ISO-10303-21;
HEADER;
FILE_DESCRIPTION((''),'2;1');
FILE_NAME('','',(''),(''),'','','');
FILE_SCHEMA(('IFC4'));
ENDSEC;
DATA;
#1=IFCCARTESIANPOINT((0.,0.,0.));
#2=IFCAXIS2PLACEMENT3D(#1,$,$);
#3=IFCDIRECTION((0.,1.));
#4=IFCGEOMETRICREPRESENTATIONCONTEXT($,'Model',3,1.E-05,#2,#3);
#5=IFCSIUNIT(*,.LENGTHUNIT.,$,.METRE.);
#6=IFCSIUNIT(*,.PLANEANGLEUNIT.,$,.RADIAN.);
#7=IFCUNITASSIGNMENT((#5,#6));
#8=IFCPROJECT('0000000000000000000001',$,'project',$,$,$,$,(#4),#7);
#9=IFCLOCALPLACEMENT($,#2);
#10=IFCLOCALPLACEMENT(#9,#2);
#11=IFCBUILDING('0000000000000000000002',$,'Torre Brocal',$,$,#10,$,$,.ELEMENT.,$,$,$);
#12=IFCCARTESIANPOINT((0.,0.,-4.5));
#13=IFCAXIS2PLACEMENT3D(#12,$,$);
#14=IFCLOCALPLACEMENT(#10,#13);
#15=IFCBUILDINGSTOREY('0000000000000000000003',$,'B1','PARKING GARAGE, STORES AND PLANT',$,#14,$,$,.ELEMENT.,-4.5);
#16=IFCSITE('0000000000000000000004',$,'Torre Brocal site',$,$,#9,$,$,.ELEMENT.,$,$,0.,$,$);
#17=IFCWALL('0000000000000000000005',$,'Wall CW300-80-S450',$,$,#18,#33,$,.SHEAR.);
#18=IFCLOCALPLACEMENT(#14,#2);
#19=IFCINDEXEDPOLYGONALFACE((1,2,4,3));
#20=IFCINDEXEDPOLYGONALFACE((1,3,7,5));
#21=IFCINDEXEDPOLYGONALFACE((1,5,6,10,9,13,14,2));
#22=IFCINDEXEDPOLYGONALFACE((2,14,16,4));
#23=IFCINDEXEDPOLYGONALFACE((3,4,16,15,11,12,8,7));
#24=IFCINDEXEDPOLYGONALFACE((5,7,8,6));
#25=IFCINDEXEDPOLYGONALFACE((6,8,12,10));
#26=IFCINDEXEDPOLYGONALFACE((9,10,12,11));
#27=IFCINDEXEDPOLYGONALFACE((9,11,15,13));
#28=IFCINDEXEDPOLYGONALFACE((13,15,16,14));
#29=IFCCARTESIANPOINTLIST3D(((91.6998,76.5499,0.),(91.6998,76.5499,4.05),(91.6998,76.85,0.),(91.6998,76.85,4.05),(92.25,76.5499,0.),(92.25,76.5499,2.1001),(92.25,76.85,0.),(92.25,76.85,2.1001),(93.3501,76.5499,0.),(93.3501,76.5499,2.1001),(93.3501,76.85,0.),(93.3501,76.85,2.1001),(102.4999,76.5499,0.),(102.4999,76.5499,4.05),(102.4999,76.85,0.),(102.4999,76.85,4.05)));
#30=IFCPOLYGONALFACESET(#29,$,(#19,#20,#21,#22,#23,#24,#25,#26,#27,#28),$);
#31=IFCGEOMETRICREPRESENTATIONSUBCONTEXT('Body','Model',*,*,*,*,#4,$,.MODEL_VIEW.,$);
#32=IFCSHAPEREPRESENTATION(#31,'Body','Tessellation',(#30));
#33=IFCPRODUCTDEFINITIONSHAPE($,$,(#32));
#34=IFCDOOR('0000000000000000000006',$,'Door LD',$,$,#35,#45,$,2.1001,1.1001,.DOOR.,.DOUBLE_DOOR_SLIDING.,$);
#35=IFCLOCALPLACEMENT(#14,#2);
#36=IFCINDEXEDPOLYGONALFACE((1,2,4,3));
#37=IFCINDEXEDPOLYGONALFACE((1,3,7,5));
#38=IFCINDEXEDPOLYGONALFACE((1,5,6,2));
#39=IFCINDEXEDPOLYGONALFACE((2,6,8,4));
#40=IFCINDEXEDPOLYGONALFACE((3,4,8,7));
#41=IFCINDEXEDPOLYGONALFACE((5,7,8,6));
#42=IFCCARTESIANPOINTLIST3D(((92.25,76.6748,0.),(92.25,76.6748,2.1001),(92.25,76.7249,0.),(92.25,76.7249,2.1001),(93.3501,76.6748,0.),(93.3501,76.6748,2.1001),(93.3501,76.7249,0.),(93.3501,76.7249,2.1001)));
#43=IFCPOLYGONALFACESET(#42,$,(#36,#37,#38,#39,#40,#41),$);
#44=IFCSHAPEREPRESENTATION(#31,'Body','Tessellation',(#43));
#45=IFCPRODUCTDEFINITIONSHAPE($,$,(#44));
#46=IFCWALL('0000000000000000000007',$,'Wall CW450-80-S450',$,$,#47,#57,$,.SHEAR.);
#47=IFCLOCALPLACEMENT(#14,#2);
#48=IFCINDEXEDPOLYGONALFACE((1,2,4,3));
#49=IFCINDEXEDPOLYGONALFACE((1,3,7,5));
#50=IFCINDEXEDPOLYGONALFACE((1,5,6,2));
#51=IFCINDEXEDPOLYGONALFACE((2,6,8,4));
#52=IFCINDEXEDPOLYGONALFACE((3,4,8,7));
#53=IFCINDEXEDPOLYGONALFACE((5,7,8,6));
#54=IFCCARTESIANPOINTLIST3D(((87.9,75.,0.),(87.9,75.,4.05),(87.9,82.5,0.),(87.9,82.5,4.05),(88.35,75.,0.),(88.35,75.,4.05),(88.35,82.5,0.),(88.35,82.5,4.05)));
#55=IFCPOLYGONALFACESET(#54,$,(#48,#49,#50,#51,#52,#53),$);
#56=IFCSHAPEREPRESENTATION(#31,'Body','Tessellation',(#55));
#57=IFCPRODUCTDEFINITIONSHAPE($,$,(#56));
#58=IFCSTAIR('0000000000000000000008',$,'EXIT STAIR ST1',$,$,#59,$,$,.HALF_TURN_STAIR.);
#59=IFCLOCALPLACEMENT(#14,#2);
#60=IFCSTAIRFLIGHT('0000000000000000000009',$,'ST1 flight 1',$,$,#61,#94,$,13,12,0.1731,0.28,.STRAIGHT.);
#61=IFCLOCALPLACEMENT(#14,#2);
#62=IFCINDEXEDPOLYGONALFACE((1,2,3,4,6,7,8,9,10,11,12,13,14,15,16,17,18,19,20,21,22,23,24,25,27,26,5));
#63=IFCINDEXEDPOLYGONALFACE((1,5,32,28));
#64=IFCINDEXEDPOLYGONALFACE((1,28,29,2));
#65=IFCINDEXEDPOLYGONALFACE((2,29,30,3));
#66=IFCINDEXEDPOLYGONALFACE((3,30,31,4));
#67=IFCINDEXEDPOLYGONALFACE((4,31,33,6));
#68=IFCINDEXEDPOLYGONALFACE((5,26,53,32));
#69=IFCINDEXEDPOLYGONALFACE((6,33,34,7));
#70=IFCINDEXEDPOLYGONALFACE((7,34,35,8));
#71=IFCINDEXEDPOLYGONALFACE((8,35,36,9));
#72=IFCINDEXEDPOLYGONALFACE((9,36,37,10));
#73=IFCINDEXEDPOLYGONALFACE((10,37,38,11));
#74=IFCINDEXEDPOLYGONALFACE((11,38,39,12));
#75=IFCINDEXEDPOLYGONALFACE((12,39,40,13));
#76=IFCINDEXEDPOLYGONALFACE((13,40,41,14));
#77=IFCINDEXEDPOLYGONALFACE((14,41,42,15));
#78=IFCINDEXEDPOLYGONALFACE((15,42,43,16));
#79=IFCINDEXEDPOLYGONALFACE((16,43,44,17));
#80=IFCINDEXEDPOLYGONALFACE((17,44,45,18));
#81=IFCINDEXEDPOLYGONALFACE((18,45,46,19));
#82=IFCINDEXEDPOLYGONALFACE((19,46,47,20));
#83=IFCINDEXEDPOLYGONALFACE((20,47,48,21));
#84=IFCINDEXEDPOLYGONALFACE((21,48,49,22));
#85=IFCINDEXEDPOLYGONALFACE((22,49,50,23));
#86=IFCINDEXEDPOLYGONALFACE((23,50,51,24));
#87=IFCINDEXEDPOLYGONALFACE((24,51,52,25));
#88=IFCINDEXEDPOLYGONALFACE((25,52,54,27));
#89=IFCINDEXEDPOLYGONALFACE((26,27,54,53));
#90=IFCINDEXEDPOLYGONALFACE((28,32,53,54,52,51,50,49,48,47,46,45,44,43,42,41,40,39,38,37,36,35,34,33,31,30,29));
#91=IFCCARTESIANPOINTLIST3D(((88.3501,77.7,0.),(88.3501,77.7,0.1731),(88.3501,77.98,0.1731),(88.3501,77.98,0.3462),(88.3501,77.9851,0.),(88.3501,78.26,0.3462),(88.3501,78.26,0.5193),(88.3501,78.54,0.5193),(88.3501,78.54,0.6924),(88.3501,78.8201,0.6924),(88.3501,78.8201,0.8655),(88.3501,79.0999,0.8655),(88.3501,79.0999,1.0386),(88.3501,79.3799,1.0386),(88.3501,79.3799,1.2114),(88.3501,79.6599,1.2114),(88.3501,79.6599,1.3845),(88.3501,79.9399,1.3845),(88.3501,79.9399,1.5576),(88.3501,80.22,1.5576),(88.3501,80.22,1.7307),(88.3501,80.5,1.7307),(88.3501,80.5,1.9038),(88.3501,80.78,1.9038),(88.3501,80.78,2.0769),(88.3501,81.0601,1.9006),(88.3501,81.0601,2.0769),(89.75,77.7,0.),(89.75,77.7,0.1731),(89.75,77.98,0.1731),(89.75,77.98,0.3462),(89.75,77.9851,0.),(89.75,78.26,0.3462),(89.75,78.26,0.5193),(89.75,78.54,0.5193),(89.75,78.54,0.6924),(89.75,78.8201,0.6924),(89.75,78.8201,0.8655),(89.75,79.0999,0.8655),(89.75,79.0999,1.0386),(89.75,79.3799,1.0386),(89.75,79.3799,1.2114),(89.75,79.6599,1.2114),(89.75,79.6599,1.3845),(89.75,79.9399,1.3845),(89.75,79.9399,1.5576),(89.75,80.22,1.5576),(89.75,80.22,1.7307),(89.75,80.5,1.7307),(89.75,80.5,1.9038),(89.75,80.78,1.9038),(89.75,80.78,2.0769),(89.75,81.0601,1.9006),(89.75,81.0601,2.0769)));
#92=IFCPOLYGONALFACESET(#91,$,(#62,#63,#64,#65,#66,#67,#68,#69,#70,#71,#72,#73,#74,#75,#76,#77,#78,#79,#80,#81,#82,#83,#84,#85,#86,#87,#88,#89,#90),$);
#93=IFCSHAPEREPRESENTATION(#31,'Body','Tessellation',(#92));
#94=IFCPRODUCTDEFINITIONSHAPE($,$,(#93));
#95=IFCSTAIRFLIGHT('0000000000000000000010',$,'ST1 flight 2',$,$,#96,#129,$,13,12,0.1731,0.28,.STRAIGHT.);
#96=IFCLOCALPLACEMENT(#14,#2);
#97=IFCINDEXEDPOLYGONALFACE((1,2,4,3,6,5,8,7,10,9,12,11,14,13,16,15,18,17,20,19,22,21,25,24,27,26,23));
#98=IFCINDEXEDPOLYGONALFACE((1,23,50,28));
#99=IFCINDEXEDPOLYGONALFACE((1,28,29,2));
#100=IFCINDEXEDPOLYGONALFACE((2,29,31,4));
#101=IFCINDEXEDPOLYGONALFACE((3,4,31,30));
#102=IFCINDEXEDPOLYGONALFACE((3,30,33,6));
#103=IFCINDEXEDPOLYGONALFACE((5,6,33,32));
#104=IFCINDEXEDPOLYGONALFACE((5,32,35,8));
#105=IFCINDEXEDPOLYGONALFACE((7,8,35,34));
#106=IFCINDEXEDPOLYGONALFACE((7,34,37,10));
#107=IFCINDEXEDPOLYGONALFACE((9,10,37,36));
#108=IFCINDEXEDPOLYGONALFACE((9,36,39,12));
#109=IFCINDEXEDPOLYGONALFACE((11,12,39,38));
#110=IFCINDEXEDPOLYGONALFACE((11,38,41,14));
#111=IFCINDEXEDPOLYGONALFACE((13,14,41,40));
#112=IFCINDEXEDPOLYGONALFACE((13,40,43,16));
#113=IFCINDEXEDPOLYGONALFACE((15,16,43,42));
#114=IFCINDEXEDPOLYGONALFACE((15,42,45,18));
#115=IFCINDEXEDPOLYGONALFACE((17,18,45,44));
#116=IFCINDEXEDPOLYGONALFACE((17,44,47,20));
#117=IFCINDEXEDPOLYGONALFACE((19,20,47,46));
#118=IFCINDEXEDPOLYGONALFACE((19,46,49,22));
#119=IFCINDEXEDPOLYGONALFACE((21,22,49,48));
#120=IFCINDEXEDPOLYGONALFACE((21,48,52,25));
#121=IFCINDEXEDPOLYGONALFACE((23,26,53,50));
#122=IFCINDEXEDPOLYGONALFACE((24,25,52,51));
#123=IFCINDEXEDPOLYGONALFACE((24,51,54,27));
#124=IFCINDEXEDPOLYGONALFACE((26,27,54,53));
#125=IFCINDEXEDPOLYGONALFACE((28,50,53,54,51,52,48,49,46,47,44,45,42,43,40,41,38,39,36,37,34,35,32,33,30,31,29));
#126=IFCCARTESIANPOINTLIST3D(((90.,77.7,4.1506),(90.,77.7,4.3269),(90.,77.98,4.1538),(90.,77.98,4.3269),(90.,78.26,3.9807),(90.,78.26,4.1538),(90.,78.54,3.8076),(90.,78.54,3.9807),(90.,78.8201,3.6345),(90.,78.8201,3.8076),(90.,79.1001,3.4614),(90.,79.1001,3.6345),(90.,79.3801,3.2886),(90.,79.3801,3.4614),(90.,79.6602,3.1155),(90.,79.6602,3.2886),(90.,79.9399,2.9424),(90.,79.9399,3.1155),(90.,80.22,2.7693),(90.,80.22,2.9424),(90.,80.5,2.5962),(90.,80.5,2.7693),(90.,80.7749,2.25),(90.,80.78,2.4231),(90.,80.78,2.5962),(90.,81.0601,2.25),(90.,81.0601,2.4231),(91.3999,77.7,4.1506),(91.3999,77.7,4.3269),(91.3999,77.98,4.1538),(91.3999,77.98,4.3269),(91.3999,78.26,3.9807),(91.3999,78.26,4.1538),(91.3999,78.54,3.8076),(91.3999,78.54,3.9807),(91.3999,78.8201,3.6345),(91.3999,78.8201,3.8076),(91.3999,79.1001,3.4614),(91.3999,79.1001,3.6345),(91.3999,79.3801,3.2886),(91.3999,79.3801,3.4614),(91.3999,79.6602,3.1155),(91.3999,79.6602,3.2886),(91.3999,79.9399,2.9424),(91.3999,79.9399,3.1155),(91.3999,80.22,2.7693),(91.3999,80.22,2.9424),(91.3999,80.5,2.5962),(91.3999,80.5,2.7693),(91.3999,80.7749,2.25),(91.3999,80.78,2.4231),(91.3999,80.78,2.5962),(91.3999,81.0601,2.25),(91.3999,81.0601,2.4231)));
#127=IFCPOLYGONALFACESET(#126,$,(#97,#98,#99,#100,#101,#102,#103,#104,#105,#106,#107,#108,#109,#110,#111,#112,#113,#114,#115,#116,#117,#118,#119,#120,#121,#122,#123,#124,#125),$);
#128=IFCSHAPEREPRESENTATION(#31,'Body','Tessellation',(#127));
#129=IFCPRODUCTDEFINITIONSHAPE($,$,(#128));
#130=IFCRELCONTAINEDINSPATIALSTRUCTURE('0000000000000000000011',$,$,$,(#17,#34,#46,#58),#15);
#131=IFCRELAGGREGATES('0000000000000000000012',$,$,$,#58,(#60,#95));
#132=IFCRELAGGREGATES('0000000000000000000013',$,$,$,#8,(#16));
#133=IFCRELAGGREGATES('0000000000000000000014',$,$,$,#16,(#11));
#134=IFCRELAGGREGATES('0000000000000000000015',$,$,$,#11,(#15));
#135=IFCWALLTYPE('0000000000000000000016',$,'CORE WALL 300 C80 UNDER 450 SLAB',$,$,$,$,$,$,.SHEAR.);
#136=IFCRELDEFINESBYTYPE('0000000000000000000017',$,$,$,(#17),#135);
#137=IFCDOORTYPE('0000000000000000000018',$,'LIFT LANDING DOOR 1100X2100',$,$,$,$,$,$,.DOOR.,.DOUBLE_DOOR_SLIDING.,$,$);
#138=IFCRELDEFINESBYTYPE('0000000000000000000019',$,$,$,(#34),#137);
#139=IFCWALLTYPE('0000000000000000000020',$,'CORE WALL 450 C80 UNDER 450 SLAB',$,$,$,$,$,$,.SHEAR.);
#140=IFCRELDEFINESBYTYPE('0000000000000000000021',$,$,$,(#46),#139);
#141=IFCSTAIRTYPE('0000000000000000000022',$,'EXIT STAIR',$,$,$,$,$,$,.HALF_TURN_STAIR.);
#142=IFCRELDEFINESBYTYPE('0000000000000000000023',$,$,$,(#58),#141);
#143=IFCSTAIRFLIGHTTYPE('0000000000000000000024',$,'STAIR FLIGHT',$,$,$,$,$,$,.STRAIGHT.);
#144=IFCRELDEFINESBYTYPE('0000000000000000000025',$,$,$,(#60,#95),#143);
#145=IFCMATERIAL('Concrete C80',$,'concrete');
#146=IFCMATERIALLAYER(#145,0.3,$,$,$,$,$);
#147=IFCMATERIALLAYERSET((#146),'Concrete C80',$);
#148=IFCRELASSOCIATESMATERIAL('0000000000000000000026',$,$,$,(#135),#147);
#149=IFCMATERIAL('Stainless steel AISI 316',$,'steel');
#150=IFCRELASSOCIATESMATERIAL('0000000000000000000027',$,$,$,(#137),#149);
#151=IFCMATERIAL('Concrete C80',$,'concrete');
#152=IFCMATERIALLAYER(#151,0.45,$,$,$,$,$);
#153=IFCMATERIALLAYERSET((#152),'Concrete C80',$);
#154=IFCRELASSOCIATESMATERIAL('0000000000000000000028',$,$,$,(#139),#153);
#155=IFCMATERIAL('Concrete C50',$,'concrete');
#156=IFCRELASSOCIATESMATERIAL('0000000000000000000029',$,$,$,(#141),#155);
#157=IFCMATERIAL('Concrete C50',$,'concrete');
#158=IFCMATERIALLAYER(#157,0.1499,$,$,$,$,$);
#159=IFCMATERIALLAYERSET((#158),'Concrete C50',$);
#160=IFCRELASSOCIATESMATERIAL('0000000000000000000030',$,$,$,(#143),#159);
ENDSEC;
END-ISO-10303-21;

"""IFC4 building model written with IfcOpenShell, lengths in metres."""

from ifc_helpers import new_model, si_unit, direction, frame, frame_2d, origin, place, context, subcontext, project, spatial, polyline, rectangle, outline, extrude, material, layer, layer_set, type_object, element, fill, aggregate, save


model = new_model("IFC4")

# Units and contexts
model_context = context("Model", 3, precision=1e-05, world=origin(), true_north=direction((0.0, 1.0)))
body_context = subcontext(model_context, "Body", "Model", "MODEL_VIEW")
ifc_project = project(units=[si_unit("LENGTHUNIT", "METRE"), si_unit("PLANEANGLEUNIT", "RADIAN")], contexts=[model_context])

# Site, building, storey
site_placement = place(None, origin())
site = spatial("IfcSite", under=ifc_project, at=site_placement, Name="Torre Brocal site", CompositionType="ELEMENT", RefElevation=0.0)
building_placement = place(site_placement, origin())
building = spatial("IfcBuilding", under=site, at=building_placement, Name="Torre Brocal", CompositionType="ELEMENT")
storey_placement = place(building_placement, frame((0.0, 0.0, -4.5)))
storey = spatial("IfcBuildingStorey", under=building, at=storey_placement, Name="B1", Description="PARKING GARAGE, STORES AND PLANT", CompositionType="ELEMENT", Elevation=-4.5)

# Wall, opening, door
ifc_material_1 = material(Name="Concrete C80", Category="concrete")
ifc_layer_1 = layer(ifc_material_1, 0.3)
ifc_layer_set_1 = layer_set([ifc_layer_1], Name="Concrete C80")
wall_type_1 = type_object("IfcWallType", Name="CORE WALL 300 C80 UNDER 450 SLAB", PredefinedType="SHEAR", material=ifc_layer_set_1)
wall_1_placement = place(storey_placement, frame((91.7, 76.7, 0.0), z_axis=(0.0, 0.0, 1.0), x_axis=(1.0, 0.0, 0.0)))
wall_1 = element("IfcWall", 1, at=wall_1_placement, inside=storey, type_object=wall_type_1, Name="Wall CW300-80-S450", PredefinedType="SHEAR", context=body_context, shape_type="SweptSolid", body=[
    extrude(rectangle(XDim=10.8, YDim=0.3, at=frame_2d((5.3999, 0.0))), origin(), (0.0, 0.0, 1.0), 4.05),
])
opening_1_placement = place(wall_1_placement, frame((0.55, 0.0, 0.0)))
opening_1 = element("IfcOpeningElement", 2, at=opening_1_placement, cuts=wall_1, PredefinedType="OPENING", context=body_context, shape_type="SweptSolid", body=[
    extrude(rectangle(XDim=1.1001, YDim=2.1001, at=frame_2d((0.55, 1.05))), frame((0.0, 0.1599, 0.0), z_axis=(0.0, -1.0, 0.0), x_axis=(1.0, 0.0, 0.0)), (0.0, 0.0, 1.0), 0.3201),
])
ifc_material_2 = material(Name="Stainless steel AISI 316", Category="steel")
door_type_1 = type_object("IfcDoorType", Name="LIFT LANDING DOOR 1100X2100", OperationType="DOUBLE_DOOR_SLIDING", PredefinedType="DOOR", material=ifc_material_2)
door_1_placement = place(opening_1_placement, origin())
door_1 = element("IfcDoor", 3, at=door_1_placement, inside=storey, type_object=door_type_1, Name="Door LD", OperationType="DOUBLE_DOOR_SLIDING", OverallHeight=2.1001, OverallWidth=1.1001, PredefinedType="DOOR", context=body_context, shape_type="SweptSolid", body=[
    extrude(rectangle(XDim=1.1001, YDim=2.1001, at=frame_2d((0.55, 1.05))), frame((0.0, 0.0249, 0.0), z_axis=(0.0, -1.0, 0.0), x_axis=(1.0, 0.0, 0.0)), (0.0, 0.0, 1.0), 0.05),
])
fill(opening_1, door_1)

# Wall
ifc_material_3 = material(Name="Concrete C80", Category="concrete")
ifc_layer_2 = layer(ifc_material_3, 0.45)
ifc_layer_set_2 = layer_set([ifc_layer_2], Name="Concrete C80")
wall_type_2 = type_object("IfcWallType", Name="CORE WALL 450 C80 UNDER 450 SLAB", PredefinedType="SHEAR", material=ifc_layer_set_2)
wall_2_placement = place(storey_placement, frame((88.125, 75.0, 0.0), z_axis=(0.0, 0.0, 1.0), x_axis=(0.0, 1.0, 0.0)))
element("IfcWall", 4, at=wall_2_placement, inside=storey, type_object=wall_type_2, Name="Wall CW450-80-S450", PredefinedType="SHEAR", context=body_context, shape_type="SweptSolid", body=[
    extrude(rectangle(XDim=7.5, YDim=0.45, at=frame_2d((3.75, 0.0))), origin(), (0.0, 0.0, 1.0), 4.05),
])

# Stair, stair flights
ifc_material_4 = material(Name="Concrete C50", Category="concrete")
stair_type = type_object("IfcStairType", Name="EXIT STAIR", PredefinedType="HALF_TURN_STAIR", material=ifc_material_4)
stair_placement = place(storey_placement, origin())
stair = element("IfcStair", 5, at=stair_placement, inside=storey, type_object=stair_type, Name="EXIT STAIR ST1", PredefinedType="HALF_TURN_STAIR")
ifc_material_5 = material(Name="Concrete C50", Category="concrete")
ifc_layer_3 = layer(ifc_material_5, 0.1499)
ifc_layer_set_3 = layer_set([ifc_layer_3], Name="Concrete C50")
stair_flight_type = type_object("IfcStairFlightType", Name="STAIR FLIGHT", PredefinedType="STRAIGHT", material=ifc_layer_set_3)
stair_flight_1_placement = place(storey_placement, frame((89.05, 77.7, 0.0), z_axis=(0.0, 0.0, 1.0), x_axis=(0.0, 1.0, 0.0)))
stair_flight_1 = element("IfcStairFlight", 6, at=stair_flight_1_placement, type_object=stair_flight_type, Name="ST1 flight 1", NumberOfRisers=13, NumberOfTreads=12, PredefinedType="STRAIGHT", RiserHeight=0.1731, TreadLength=0.28, context=body_context, shape_type="SweptSolid", body=[
    extrude(outline(polyline([(0.0, 0.0), (0.0, 0.1731), (0.28, 0.1731), (0.28, 0.3462), (0.5601, 0.3462), (0.5601, 0.5193), (0.8401, 0.5193), (0.8401, 0.6924), (1.1201, 0.6924), (1.1201, 0.8655), (1.3999, 0.8655), (1.3999, 1.0386), (1.6799, 1.0386), (1.6799, 1.2114), (1.96, 1.2114), (1.96, 1.3845), (2.24, 1.3845), (2.24, 1.5576), (2.52, 1.5576), (2.52, 1.7307), (2.8, 1.7307), (2.8, 1.9038), (3.0801, 1.9038), (3.0801, 2.0769), (3.3601, 2.0769), (3.3601, 2.25), (3.3601, 1.9006), (0.2852, 0.0), (0.0, 0.0)])), frame((0.0, 0.7, 0.0), z_axis=(0.0, -1.0, 0.0), x_axis=(1.0, 0.0, 0.0)), (0.0, 0.0, 1.0), 1.3999),
])
stair_flight_2_placement = place(storey_placement, frame((90.7, 81.0601, 2.25), z_axis=(0.0, 0.0, 1.0), x_axis=(0.0, -1.0, 0.0)))
stair_flight_2 = element("IfcStairFlight", 7, at=stair_flight_2_placement, type_object=stair_flight_type, Name="ST1 flight 2", NumberOfRisers=13, NumberOfTreads=12, PredefinedType="STRAIGHT", RiserHeight=0.1731, TreadLength=0.28, context=body_context, shape_type="SweptSolid", body=[
    extrude(outline(polyline([(0.0, 0.0), (0.0, 0.1731), (0.28, 0.1731), (0.28, 0.3462), (0.5601, 0.3462), (0.5601, 0.5193), (0.8401, 0.5193), (0.8401, 0.6924), (1.1201, 0.6924), (1.1201, 0.8655), (1.3999, 0.8655), (1.3999, 1.0386), (1.6799, 1.0386), (1.6799, 1.2114), (1.96, 1.2114), (1.96, 1.3845), (2.24, 1.3845), (2.24, 1.5576), (2.52, 1.5576), (2.52, 1.7307), (2.8, 1.7307), (2.8, 1.9038), (3.0801, 1.9038), (3.0801, 2.0769), (3.3601, 2.0769), (3.3601, 2.25), (3.3601, 1.9006), (0.2852, 0.0), (0.0, 0.0)])), frame((0.0, 0.7, 0.0), z_axis=(0.0, -1.0, 0.0), x_axis=(1.0, 0.0, 0.0)), (0.0, 0.0, 1.0), 1.3999),
])
aggregate(stair, [stair_flight_1, stair_flight_2])

save(model, "model.ifc")
